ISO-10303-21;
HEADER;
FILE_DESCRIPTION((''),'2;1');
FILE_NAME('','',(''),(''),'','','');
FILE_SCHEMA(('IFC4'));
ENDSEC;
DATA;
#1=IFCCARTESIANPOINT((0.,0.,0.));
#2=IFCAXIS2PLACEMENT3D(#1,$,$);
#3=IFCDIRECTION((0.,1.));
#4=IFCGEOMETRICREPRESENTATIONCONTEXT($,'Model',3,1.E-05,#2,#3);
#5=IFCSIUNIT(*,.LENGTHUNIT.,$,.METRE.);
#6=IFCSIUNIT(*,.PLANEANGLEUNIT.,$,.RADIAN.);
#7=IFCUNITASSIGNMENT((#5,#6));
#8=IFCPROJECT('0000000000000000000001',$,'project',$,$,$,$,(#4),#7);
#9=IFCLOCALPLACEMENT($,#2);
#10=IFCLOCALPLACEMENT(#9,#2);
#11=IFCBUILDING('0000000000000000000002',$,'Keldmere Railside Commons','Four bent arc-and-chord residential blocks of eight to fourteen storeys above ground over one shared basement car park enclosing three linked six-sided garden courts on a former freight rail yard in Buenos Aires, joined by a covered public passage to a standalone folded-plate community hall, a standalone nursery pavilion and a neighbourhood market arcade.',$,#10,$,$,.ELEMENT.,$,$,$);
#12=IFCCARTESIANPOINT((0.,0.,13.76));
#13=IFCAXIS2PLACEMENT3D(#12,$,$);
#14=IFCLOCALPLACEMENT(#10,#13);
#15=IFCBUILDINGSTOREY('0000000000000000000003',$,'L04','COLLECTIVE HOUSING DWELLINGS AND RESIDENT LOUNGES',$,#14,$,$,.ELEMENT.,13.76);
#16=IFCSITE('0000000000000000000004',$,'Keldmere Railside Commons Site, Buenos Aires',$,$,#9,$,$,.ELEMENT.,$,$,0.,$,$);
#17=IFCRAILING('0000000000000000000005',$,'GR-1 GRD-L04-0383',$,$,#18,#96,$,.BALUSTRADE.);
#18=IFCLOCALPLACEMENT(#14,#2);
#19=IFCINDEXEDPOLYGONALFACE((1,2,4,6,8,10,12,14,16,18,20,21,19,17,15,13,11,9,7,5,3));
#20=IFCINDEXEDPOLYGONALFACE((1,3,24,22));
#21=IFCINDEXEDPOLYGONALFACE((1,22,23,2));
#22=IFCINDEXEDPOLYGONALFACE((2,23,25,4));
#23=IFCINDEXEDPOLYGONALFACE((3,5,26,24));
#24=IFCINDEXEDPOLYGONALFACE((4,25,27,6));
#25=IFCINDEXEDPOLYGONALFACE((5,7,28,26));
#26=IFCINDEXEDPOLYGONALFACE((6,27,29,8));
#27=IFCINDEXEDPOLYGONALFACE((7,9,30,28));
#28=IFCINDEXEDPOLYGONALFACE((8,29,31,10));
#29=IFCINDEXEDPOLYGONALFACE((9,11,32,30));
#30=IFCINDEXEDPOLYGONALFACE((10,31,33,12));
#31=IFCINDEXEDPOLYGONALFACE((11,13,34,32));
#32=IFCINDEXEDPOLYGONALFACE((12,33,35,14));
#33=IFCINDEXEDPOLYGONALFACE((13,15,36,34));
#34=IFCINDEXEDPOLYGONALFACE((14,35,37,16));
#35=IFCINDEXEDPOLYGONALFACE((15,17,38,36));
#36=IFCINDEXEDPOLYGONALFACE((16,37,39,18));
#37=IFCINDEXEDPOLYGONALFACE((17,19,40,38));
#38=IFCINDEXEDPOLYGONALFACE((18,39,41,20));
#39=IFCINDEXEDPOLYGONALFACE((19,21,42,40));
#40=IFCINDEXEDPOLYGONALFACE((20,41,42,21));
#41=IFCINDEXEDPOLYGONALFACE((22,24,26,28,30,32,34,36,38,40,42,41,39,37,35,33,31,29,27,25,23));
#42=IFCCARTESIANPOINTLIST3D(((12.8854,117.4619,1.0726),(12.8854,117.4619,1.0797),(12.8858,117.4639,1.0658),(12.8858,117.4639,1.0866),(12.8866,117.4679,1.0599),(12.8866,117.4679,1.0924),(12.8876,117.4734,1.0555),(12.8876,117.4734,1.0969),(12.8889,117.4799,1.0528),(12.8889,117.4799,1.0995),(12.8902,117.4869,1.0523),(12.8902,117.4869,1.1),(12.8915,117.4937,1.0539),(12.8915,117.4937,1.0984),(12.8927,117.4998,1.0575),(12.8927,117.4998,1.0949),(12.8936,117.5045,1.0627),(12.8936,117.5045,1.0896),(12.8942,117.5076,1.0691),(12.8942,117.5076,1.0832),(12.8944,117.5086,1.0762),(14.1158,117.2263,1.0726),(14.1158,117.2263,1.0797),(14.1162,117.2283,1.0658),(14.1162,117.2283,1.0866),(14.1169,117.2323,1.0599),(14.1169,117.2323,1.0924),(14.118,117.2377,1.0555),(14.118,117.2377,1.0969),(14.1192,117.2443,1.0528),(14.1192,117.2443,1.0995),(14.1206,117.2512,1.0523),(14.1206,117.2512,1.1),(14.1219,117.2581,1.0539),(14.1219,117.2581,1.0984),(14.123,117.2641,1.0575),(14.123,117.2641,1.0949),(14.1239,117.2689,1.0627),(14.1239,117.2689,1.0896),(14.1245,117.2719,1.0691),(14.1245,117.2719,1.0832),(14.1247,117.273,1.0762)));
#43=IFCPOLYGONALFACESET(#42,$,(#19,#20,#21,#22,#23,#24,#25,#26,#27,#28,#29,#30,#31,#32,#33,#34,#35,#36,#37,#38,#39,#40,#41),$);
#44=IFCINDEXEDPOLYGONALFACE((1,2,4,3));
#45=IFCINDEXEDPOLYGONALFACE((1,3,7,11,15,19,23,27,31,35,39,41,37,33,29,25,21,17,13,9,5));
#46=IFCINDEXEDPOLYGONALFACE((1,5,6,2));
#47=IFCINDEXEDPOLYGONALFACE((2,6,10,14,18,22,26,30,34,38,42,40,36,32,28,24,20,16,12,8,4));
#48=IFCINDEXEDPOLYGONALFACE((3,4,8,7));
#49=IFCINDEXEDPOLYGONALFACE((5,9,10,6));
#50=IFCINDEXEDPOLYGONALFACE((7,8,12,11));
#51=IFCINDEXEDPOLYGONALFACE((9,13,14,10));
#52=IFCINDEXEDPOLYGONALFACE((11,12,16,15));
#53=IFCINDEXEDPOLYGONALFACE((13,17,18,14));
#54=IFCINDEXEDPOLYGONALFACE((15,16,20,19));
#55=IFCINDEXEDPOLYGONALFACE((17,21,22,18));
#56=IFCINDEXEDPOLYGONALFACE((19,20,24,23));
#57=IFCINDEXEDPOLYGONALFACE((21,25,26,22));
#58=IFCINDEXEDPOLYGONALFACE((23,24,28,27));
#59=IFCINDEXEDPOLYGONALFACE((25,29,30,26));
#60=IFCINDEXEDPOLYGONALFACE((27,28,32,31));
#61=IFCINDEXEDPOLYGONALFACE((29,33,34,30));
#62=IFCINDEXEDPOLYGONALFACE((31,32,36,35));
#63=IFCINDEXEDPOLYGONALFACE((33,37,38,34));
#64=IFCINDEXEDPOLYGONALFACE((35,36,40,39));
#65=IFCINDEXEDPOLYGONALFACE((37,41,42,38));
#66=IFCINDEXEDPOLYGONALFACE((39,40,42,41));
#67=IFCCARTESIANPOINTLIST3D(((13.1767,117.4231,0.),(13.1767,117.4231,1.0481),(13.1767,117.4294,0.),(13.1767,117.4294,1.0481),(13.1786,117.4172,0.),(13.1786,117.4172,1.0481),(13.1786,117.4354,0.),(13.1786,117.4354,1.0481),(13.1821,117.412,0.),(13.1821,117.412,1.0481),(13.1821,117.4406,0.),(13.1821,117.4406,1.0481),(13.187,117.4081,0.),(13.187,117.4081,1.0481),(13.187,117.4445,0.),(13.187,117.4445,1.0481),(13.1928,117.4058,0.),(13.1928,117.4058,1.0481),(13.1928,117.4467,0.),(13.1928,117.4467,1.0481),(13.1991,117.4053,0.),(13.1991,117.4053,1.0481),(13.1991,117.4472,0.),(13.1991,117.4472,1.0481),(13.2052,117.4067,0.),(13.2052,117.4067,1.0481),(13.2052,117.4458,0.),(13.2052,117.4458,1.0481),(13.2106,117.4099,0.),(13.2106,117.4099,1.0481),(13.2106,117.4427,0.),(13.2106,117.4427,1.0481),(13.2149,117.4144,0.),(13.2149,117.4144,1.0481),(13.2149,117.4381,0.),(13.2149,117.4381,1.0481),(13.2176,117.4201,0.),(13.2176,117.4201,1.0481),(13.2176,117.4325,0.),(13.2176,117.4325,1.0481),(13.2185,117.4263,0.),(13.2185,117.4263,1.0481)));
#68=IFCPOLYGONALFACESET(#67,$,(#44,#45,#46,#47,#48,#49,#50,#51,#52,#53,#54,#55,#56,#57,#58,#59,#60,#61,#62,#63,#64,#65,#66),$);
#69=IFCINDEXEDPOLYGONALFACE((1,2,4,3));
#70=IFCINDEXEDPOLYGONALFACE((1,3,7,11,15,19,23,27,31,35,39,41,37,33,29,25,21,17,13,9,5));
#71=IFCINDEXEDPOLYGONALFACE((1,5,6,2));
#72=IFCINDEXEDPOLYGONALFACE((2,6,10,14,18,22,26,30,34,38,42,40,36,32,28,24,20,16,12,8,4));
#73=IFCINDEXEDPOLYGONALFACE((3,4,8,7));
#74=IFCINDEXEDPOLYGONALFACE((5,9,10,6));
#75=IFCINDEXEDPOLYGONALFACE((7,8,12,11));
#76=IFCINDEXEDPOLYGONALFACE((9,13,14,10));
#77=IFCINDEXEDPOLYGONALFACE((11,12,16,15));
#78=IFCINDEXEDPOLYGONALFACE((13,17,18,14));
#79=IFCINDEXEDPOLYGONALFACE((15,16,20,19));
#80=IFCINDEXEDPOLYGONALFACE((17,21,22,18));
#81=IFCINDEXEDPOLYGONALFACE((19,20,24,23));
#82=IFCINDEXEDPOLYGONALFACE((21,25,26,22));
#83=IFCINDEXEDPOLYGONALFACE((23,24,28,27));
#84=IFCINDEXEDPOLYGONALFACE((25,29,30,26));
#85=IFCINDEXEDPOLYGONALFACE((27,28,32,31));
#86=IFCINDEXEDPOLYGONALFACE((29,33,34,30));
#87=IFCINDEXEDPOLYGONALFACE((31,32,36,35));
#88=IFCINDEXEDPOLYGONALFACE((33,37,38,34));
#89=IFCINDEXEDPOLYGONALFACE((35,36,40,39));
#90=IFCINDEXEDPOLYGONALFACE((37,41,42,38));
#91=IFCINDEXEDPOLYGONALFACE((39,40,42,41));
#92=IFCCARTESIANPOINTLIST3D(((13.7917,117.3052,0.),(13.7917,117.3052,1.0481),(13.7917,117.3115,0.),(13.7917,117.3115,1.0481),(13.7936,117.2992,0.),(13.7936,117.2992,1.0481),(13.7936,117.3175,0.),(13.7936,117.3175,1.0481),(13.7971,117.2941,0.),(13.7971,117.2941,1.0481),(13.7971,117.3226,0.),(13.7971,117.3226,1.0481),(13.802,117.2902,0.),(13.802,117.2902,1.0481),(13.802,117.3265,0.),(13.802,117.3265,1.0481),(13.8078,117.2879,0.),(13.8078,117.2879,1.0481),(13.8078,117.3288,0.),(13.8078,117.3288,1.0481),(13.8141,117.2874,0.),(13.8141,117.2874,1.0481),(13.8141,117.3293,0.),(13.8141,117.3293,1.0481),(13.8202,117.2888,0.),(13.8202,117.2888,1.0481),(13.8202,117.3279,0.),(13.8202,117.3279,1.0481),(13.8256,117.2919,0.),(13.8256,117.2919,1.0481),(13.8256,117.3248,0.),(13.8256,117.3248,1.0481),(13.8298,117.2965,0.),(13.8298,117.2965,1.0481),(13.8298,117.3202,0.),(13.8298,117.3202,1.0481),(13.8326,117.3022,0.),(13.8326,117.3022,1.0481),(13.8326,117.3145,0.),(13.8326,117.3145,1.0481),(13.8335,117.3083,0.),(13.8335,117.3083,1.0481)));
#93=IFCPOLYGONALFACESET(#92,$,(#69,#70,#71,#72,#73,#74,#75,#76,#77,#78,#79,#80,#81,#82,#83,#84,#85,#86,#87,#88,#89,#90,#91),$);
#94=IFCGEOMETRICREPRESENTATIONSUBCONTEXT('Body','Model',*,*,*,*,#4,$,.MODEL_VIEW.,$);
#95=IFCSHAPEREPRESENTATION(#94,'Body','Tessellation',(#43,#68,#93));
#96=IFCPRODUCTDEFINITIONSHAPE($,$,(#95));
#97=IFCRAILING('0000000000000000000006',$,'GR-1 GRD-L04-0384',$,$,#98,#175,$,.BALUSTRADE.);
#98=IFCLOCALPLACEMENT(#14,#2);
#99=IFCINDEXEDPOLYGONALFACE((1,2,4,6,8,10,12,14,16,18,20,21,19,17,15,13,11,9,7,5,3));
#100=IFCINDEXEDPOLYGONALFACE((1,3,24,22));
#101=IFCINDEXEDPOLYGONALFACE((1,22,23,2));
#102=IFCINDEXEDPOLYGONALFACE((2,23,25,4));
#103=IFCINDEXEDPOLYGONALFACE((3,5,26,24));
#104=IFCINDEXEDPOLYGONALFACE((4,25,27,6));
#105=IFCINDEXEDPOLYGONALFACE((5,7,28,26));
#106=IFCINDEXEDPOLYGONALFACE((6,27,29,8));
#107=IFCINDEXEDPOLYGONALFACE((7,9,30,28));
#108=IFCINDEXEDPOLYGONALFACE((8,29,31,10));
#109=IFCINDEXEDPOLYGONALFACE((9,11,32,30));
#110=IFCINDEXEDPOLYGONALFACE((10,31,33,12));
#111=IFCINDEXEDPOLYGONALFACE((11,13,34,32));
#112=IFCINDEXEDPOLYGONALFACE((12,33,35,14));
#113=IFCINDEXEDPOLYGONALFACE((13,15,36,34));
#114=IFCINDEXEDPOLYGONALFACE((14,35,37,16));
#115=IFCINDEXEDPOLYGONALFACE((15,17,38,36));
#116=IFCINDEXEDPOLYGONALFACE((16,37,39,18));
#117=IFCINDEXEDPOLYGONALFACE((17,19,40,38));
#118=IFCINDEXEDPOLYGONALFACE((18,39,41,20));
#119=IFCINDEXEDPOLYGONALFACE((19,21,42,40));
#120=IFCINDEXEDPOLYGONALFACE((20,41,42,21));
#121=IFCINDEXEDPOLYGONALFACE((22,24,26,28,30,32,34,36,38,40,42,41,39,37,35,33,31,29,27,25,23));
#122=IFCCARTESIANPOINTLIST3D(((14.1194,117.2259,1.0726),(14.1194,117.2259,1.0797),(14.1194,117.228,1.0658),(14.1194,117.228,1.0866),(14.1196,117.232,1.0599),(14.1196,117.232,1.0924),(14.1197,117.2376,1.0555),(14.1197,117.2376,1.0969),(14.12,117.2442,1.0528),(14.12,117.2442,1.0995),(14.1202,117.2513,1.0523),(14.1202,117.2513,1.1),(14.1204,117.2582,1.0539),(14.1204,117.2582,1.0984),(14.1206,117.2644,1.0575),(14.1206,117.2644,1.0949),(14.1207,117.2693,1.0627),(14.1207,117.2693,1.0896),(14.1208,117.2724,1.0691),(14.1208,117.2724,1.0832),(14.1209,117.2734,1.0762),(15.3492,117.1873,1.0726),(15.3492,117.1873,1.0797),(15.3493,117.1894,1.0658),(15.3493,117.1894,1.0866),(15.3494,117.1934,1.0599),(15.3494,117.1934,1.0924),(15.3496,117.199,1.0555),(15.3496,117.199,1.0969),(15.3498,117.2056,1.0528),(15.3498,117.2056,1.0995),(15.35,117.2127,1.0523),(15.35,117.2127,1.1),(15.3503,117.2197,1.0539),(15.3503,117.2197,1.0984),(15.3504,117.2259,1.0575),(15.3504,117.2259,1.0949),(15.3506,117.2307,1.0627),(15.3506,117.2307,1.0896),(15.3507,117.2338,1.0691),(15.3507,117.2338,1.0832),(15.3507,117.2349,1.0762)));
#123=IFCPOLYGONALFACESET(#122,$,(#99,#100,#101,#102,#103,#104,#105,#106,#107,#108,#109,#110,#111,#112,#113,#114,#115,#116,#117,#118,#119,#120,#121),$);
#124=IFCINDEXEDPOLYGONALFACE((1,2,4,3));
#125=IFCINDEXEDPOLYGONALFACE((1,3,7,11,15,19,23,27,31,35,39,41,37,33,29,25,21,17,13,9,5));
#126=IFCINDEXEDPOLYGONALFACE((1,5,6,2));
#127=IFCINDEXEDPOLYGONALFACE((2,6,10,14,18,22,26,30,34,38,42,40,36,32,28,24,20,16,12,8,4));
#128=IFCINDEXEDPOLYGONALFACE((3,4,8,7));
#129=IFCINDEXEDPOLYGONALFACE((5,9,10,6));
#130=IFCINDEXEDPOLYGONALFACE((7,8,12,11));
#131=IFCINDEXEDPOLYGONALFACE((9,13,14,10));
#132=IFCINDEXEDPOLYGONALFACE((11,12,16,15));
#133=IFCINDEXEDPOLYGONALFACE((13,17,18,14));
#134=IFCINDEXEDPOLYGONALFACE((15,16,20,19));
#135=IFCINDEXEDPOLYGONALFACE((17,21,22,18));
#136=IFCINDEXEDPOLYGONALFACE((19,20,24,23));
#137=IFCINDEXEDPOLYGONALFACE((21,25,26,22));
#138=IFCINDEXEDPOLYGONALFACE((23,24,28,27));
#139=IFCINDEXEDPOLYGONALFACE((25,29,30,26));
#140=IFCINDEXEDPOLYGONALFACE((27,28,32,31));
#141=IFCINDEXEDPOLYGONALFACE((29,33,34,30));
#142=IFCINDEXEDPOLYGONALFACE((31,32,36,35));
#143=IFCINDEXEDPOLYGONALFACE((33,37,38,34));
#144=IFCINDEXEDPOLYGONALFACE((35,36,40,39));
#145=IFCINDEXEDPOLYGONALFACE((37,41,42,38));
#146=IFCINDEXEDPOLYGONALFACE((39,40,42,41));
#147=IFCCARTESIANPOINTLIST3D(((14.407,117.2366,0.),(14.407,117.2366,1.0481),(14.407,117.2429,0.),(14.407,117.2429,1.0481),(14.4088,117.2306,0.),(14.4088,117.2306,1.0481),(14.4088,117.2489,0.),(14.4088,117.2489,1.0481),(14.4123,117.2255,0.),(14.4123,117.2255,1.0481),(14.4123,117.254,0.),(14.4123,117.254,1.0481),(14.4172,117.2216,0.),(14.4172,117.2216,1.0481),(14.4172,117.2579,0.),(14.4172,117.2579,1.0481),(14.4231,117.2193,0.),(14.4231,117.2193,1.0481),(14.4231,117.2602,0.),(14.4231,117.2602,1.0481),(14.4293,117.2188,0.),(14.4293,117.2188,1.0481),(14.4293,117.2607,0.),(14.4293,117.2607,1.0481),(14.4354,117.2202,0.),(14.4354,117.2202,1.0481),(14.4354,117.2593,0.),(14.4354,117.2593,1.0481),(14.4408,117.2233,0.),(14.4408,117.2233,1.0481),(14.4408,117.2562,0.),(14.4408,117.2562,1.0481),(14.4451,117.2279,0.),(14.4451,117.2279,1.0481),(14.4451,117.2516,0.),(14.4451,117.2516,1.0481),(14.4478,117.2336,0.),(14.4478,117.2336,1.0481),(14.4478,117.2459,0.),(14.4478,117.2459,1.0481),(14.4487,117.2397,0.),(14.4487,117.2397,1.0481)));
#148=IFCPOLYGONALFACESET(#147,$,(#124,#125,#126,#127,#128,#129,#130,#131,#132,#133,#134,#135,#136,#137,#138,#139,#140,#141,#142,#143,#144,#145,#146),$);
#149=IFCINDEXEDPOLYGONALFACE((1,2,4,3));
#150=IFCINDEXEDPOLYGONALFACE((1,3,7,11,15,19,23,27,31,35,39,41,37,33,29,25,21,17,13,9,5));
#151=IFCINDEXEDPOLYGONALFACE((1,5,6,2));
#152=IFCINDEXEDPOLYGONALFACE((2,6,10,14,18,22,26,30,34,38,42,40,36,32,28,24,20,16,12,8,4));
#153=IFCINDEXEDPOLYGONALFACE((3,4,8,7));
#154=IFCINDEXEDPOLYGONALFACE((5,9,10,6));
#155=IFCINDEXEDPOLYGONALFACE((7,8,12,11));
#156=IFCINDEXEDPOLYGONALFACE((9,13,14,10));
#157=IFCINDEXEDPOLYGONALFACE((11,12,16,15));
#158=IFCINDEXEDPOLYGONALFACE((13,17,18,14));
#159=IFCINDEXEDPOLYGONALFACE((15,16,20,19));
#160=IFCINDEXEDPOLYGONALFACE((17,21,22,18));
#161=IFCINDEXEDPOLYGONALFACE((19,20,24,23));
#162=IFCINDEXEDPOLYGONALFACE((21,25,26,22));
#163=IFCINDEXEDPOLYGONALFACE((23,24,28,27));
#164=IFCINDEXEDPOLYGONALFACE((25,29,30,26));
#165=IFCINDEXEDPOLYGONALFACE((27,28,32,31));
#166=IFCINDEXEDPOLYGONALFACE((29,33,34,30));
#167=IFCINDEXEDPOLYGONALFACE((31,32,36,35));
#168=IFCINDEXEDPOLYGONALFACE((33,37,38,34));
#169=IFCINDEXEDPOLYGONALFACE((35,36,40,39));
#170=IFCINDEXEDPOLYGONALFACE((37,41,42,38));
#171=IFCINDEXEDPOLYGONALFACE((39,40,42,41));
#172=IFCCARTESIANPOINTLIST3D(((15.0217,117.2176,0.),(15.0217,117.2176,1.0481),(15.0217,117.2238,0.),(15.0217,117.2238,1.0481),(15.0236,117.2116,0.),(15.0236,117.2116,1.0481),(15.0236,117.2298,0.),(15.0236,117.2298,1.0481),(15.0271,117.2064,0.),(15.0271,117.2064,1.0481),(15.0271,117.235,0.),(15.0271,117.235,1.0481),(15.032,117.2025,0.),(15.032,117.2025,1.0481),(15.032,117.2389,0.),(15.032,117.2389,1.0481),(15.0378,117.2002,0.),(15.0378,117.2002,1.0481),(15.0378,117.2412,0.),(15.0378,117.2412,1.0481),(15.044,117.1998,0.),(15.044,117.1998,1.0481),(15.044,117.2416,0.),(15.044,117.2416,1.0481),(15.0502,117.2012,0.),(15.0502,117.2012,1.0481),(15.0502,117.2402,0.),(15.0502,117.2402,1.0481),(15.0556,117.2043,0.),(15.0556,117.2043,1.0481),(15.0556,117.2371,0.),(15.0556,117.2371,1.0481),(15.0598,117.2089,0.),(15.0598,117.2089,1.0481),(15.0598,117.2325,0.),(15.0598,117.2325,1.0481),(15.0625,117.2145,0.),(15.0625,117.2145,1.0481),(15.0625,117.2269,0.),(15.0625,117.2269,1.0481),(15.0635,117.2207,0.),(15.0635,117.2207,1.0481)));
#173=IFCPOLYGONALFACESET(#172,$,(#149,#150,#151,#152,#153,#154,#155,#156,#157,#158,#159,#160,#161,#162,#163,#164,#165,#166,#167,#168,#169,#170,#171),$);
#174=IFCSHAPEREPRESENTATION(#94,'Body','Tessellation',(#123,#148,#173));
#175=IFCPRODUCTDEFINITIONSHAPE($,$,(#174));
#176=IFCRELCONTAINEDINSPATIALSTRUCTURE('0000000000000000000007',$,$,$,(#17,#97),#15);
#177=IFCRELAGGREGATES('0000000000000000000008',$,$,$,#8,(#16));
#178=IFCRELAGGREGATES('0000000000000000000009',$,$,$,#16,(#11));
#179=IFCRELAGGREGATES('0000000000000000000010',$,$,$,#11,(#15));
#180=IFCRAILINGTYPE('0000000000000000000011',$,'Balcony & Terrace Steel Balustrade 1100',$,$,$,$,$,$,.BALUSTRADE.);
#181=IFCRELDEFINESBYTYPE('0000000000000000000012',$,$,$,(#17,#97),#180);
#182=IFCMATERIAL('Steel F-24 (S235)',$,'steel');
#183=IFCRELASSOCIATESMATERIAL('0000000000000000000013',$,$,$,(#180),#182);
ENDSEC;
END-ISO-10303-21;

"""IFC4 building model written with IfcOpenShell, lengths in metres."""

from ifc_helpers import new_model, si_unit, direction, frame, origin, origin_2d, place, context, subcontext, project, spatial, circle, extrude, material, type_object, element, save


model = new_model("IFC4")

# Units and contexts
model_context = context("Model", 3, precision=1e-05, world=origin(), true_north=direction((0.0, 1.0)))
body_context = subcontext(model_context, "Body", "Model", "MODEL_VIEW")
ifc_project = project(units=[si_unit("LENGTHUNIT", "METRE"), si_unit("PLANEANGLEUNIT", "RADIAN")], contexts=[model_context])

# Site, building, storey
site_placement = place(None, origin())
site = spatial("IfcSite", under=ifc_project, at=site_placement, Name="Keldmere Railside Commons Site, Buenos Aires", CompositionType="ELEMENT", RefElevation=0.0)
building_placement = place(site_placement, origin())
building = spatial("IfcBuilding", under=site, at=building_placement, Name="Keldmere Railside Commons", Description="Four bent arc-and-chord residential blocks of eight to fourteen storeys above ground over one shared basement car park enclosing three linked six-sided garden courts on a former freight rail yard in Buenos Aires, joined by a covered public passage to a standalone folded-plate community hall, a standalone nursery pavilion and a neighbourhood market arcade.", CompositionType="ELEMENT")
storey_placement = place(building_placement, frame((0.0, 0.0, 13.76)))
storey = spatial("IfcBuildingStorey", under=building, at=storey_placement, Name="L04", Description="COLLECTIVE HOUSING DWELLINGS AND RESIDENT LOUNGES", CompositionType="ELEMENT", Elevation=13.76)

# Railings
ifc_material_1 = material(Name="Steel F-24 (S235)", Category="steel")
railing_type = type_object("IfcRailingType", Name="Balcony & Terrace Steel Balustrade 1100", PredefinedType="BALUSTRADE", material=ifc_material_1)
railing_1_placement = place(storey_placement, frame((12.8899, 117.4851, 0.0)))
element("IfcRailing", 1, at=railing_1_placement, inside=storey, type_object=railing_type, Name="GR-1 GRD-L04-0383", PredefinedType="BALUSTRADE", context=body_context, shape_type="SweptSolid", body=[
    extrude(circle(Radius=0.0239, at=origin_2d()), frame((0.0, 0.0, 1.0762), z_axis=(0.982152, -0.188088, 0.0), x_axis=(0.188088, 0.982152, 0.0)), (0.0, 0.0, 1.0), 1.2527),
    extrude(circle(Radius=0.021, at=origin_2d()), frame((0.3076, -0.0588, 0.0)), (0.0, 0.0, 1.0), 1.0481),
    extrude(circle(Radius=0.021, at=origin_2d()), frame((0.9226, -0.1768, 0.0)), (0.0, 0.0, 1.0), 1.0481),
])
railing_2_placement = place(storey_placement, frame((14.1201, 117.2495, 0.0)))
element("IfcRailing", 2, at=railing_2_placement, inside=storey, type_object=railing_type, Name="GR-1 GRD-L04-0384", PredefinedType="BALUSTRADE", context=body_context, shape_type="SweptSolid", body=[
    extrude(circle(Radius=0.0239, at=origin_2d()), frame((0.0, 0.0, 1.0762), z_axis=(0.999509, -0.031346, 0.0), x_axis=(0.031346, 0.999509, 0.0)), (0.0, 0.0, 1.0), 1.2305),
    extrude(circle(Radius=0.021, at=origin_2d()), frame((0.3076, -0.0098, 0.0)), (0.0, 0.0, 1.0), 1.0481),
    extrude(circle(Radius=0.021, at=origin_2d()), frame((0.9224, -0.0288, 0.0)), (0.0, 0.0, 1.0), 1.0481),
])

save(model, "model.ifc")
